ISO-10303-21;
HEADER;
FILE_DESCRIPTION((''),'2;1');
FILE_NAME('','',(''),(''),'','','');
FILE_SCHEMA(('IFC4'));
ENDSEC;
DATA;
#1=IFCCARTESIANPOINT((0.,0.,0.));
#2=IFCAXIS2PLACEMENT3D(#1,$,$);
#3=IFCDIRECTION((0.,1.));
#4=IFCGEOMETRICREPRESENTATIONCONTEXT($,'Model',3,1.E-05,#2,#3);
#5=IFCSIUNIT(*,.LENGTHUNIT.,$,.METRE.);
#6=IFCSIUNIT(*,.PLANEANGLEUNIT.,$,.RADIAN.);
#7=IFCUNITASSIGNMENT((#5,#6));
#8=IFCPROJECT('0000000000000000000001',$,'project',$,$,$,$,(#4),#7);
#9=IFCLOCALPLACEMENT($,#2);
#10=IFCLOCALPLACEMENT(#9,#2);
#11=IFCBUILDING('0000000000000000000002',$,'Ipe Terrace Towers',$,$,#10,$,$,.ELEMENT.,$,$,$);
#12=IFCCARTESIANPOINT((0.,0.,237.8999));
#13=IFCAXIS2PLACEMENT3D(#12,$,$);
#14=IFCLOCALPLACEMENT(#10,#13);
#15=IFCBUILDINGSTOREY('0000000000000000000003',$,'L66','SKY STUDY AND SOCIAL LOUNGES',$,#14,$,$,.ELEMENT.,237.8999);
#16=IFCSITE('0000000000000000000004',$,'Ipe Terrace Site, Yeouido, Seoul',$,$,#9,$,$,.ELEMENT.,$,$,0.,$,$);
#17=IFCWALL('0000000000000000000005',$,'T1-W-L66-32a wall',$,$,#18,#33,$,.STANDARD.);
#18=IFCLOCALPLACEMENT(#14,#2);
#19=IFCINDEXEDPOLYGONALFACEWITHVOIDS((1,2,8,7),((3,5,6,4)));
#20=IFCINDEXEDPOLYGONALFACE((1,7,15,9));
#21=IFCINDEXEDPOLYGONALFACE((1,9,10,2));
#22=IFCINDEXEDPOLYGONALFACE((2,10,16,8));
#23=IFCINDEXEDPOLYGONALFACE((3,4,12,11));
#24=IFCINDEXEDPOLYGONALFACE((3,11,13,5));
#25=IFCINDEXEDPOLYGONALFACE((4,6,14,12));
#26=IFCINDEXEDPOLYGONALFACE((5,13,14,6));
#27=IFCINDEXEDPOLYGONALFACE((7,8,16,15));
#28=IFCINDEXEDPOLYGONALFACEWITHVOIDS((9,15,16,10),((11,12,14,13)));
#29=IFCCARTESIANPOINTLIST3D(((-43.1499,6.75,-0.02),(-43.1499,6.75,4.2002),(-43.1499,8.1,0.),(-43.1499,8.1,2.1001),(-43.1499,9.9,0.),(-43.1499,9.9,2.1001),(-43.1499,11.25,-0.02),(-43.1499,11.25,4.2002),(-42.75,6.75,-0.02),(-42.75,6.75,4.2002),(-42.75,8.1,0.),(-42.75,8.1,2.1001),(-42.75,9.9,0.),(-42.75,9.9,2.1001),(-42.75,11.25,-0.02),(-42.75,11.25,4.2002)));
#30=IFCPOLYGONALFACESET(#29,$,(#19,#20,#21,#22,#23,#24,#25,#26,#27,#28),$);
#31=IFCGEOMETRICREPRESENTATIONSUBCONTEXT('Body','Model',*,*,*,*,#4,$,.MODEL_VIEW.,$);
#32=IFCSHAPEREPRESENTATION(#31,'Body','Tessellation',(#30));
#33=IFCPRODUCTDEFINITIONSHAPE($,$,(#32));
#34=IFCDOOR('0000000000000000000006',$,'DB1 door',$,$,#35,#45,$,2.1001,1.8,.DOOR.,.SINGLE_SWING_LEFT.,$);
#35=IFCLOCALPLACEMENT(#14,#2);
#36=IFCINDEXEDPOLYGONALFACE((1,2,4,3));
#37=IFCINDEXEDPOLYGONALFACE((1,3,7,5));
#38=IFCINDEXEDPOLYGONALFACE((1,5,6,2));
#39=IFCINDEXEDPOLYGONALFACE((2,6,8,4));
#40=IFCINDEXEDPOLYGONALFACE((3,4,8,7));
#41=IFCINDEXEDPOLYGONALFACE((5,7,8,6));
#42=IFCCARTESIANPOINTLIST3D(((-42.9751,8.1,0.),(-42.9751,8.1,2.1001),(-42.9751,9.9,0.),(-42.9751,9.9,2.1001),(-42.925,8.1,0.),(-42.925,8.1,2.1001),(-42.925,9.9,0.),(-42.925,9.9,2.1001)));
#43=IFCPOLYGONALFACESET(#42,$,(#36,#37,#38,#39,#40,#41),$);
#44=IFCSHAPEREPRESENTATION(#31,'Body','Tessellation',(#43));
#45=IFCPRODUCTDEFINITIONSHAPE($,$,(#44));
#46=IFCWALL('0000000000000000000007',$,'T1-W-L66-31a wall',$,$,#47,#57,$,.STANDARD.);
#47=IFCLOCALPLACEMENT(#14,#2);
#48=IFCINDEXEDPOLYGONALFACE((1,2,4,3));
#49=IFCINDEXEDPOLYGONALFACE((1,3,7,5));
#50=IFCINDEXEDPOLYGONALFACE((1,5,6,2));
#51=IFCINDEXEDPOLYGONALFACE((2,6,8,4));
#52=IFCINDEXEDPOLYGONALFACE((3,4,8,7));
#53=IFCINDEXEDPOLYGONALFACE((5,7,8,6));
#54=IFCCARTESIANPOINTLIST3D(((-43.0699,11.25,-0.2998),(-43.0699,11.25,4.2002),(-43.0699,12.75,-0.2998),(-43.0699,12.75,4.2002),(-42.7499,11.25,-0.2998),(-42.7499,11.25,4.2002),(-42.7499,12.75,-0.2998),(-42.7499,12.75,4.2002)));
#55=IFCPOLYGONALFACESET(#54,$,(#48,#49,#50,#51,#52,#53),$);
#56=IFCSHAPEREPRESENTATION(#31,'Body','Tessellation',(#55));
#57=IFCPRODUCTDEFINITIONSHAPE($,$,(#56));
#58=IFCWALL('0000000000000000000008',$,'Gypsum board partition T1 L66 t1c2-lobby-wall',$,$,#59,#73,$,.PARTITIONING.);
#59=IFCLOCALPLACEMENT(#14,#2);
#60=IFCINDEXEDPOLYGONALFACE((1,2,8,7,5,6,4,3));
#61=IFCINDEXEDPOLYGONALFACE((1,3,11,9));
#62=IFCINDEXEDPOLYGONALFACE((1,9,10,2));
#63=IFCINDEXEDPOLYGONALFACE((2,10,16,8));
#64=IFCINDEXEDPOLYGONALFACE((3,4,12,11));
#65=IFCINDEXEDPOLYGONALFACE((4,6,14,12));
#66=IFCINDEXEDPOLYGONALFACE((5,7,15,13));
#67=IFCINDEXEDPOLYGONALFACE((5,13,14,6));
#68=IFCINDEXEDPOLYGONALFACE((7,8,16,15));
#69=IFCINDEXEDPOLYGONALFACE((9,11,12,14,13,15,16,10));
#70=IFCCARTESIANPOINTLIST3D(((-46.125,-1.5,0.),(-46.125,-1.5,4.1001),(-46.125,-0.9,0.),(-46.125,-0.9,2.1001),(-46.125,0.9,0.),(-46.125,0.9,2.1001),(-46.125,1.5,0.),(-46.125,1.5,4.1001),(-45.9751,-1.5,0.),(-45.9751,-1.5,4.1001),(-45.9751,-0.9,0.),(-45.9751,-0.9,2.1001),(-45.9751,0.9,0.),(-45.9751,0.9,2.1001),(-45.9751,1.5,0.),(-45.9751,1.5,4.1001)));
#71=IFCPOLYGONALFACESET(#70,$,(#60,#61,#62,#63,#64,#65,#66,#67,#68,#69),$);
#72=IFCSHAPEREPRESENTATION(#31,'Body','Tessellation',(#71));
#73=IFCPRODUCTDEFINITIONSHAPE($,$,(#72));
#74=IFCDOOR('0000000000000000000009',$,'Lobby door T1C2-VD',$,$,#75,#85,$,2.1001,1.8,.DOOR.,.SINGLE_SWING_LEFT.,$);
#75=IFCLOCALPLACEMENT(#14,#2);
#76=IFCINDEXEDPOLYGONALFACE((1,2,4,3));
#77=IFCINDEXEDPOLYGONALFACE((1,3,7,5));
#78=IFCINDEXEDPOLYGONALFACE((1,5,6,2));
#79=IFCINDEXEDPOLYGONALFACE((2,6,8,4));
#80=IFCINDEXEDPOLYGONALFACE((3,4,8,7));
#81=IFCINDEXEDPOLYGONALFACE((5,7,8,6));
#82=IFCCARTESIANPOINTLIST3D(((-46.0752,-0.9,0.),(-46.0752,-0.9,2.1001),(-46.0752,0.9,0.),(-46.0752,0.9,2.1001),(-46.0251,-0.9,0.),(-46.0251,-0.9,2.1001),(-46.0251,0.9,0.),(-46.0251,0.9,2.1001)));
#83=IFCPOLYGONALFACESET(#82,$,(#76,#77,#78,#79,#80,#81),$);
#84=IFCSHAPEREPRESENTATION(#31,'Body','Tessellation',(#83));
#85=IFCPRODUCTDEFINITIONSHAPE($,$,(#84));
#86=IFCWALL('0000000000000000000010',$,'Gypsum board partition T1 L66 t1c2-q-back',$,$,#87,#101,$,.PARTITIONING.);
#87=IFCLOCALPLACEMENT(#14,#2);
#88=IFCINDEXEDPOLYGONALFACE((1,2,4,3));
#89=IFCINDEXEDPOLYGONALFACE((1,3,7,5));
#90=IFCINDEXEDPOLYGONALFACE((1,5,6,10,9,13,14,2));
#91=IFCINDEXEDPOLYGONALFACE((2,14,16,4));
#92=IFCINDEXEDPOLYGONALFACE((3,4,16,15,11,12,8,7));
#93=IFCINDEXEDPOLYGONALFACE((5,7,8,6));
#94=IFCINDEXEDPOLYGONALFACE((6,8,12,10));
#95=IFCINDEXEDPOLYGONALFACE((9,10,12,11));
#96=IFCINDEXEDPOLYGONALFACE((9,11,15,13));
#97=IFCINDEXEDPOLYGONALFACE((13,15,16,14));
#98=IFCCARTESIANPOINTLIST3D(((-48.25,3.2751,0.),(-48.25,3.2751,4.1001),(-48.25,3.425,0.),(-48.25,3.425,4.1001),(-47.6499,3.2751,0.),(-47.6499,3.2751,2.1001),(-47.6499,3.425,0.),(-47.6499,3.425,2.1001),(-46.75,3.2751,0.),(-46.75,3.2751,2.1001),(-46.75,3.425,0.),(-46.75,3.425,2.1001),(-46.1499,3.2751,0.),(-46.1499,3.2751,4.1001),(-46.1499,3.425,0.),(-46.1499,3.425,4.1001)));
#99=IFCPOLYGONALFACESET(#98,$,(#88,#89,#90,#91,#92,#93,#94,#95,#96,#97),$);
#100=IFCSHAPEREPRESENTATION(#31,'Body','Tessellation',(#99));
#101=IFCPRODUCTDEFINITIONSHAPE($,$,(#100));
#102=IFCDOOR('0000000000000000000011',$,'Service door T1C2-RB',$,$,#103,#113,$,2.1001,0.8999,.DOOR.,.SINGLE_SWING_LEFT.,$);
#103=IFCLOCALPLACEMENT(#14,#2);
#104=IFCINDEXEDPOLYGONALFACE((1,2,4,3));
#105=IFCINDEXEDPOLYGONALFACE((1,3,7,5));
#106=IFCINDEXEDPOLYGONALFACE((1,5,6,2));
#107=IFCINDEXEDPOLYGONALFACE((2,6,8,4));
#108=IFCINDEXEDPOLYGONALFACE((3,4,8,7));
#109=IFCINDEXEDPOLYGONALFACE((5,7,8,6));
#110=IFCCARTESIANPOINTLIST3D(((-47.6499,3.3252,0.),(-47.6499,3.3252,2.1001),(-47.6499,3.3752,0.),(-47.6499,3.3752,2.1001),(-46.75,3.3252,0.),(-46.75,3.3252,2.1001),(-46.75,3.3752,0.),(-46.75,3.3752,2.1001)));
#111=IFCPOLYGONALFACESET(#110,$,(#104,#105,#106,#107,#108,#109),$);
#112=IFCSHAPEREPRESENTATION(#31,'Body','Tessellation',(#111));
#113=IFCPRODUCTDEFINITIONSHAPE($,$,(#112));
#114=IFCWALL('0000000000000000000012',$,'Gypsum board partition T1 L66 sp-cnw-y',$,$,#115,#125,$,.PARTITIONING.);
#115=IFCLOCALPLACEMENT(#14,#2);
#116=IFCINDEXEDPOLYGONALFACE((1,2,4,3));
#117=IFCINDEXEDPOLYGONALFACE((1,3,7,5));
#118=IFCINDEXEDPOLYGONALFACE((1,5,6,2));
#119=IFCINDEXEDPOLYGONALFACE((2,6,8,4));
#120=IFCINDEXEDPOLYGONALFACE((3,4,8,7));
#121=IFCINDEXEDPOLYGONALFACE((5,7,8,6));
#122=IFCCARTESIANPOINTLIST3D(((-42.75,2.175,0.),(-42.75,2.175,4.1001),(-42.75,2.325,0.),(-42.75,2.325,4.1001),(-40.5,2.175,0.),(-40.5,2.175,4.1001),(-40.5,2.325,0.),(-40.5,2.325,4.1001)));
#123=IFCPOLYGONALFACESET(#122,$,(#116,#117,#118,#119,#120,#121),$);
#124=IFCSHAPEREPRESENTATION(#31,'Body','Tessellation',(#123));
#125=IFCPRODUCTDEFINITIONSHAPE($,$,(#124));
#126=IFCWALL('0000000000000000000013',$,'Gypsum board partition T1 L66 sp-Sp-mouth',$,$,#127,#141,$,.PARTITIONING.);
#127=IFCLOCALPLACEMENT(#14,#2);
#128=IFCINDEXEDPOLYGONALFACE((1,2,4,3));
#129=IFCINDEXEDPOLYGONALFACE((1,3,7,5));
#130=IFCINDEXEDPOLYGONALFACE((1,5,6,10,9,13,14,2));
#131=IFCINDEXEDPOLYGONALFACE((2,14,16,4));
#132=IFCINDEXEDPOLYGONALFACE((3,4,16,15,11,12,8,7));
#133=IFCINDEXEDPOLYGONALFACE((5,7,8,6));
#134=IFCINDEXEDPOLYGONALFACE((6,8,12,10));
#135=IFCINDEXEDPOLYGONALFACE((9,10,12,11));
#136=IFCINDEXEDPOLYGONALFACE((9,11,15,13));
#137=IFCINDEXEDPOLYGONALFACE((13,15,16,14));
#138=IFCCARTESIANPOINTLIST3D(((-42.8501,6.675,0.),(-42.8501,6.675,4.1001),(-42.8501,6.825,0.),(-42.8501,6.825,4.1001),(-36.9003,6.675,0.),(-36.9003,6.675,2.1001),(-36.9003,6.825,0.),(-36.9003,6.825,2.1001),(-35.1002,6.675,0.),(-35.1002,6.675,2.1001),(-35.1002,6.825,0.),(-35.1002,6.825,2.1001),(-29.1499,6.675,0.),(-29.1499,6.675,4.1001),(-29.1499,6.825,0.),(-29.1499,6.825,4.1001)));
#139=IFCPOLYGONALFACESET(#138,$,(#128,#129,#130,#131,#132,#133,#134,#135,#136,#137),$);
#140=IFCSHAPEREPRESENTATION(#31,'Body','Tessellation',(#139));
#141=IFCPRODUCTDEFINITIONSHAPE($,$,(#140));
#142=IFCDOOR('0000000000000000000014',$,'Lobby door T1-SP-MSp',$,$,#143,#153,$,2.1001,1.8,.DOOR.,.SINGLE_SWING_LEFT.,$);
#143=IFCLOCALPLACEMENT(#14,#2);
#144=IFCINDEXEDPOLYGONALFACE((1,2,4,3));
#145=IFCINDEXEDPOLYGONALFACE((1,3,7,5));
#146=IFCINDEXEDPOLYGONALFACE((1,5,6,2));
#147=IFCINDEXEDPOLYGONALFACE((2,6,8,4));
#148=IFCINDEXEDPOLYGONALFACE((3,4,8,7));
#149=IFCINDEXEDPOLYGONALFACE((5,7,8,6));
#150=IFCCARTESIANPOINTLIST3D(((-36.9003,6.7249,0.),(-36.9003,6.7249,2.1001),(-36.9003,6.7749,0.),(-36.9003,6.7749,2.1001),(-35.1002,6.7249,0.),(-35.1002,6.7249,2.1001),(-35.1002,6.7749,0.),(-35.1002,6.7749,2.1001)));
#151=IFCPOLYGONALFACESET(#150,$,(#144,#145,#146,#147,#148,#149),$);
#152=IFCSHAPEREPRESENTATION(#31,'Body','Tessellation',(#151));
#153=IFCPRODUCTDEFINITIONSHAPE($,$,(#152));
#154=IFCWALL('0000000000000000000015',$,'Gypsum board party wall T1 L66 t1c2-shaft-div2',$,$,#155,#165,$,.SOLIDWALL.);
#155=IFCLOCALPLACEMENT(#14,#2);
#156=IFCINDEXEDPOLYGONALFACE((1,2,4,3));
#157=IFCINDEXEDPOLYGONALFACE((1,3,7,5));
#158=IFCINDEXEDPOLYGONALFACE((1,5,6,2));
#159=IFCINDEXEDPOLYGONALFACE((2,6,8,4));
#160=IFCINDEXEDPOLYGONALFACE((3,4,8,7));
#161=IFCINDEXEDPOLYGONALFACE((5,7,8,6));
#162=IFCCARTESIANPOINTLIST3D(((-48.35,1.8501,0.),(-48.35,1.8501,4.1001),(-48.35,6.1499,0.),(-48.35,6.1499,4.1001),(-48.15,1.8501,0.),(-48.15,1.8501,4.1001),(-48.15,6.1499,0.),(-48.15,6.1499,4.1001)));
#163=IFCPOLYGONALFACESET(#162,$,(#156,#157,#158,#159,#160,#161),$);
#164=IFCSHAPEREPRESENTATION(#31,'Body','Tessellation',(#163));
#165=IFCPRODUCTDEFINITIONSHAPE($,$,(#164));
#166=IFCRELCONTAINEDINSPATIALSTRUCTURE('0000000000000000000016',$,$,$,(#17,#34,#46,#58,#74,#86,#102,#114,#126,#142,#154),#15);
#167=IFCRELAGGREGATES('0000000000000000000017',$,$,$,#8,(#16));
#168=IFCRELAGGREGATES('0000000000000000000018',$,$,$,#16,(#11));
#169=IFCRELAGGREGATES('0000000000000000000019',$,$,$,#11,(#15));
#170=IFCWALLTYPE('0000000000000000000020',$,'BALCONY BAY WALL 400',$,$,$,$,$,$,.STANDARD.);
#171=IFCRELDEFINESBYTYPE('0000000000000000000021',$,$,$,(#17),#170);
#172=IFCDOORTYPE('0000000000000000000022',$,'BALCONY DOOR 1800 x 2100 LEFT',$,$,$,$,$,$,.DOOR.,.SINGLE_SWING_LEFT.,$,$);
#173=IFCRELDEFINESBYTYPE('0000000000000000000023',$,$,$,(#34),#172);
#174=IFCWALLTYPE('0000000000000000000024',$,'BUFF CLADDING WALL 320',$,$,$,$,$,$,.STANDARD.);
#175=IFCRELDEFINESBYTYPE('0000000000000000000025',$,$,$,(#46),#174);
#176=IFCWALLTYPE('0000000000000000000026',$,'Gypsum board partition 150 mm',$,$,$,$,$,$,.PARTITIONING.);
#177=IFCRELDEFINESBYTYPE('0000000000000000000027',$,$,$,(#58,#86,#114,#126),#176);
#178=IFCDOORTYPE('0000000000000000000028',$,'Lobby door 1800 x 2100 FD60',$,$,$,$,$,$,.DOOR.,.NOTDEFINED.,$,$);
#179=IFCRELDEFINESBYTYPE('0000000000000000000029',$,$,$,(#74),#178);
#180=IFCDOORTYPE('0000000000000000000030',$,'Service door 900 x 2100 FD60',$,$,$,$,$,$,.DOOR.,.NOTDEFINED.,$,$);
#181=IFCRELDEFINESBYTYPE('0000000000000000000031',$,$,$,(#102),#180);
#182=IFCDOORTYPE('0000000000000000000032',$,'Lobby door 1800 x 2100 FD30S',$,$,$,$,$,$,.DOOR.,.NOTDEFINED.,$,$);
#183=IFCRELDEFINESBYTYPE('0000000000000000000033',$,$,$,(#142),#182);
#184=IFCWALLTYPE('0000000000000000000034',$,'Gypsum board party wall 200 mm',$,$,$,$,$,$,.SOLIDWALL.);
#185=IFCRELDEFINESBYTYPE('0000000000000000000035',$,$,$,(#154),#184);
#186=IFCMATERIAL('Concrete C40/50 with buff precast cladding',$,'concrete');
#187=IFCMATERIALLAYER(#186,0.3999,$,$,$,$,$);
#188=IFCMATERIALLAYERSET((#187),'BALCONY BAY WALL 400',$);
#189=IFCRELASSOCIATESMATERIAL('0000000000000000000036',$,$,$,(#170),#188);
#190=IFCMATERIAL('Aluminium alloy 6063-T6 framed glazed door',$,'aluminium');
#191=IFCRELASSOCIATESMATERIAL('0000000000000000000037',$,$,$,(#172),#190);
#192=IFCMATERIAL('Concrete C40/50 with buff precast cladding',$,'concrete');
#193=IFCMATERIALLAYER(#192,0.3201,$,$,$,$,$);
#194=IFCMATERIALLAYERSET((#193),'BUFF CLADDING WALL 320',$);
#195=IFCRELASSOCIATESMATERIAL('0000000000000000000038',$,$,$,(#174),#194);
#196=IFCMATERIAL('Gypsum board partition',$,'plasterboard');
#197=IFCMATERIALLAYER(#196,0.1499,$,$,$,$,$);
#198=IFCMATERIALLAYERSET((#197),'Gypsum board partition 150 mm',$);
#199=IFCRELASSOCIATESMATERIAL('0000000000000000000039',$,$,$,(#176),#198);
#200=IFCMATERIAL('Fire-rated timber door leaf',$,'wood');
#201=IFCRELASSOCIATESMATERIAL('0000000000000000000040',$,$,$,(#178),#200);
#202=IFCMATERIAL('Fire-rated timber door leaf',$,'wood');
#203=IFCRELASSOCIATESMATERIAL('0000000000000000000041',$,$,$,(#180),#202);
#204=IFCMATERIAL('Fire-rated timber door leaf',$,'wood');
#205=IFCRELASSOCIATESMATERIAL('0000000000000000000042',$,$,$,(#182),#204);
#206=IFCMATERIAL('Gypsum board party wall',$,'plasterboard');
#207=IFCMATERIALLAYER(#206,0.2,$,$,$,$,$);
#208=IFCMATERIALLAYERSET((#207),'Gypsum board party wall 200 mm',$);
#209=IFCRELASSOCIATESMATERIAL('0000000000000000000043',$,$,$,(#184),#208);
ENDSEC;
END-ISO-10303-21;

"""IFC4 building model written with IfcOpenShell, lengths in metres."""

from ifc_helpers import new_model, si_unit, direction, frame, frame_2d, origin, place, context, subcontext, project, spatial, rectangle, extrude, material, layer, layer_set, type_object, element, fill, save


model = new_model("IFC4")

# Units and contexts
model_context = context("Model", 3, precision=1e-05, world=origin(), true_north=direction((0.0, 1.0)))
body_context = subcontext(model_context, "Body", "Model", "MODEL_VIEW")
ifc_project = project(units=[si_unit("LENGTHUNIT", "METRE"), si_unit("PLANEANGLEUNIT", "RADIAN")], contexts=[model_context])

# Site, building, storey
site_placement = place(None, origin())
site = spatial("IfcSite", under=ifc_project, at=site_placement, Name="Ipe Terrace Site, Yeouido, Seoul", CompositionType="ELEMENT", RefElevation=0.0)
building_placement = place(site_placement, origin())
building = spatial("IfcBuilding", under=site, at=building_placement, Name="Ipe Terrace Towers", CompositionType="ELEMENT")
storey_placement = place(building_placement, frame((0.0, 0.0, 237.8999)))
storey = spatial("IfcBuildingStorey", under=building, at=storey_placement, Name="L66", Description="SKY STUDY AND SOCIAL LOUNGES", CompositionType="ELEMENT", Elevation=237.8999)

# Wall, opening, door
ifc_material_1 = material(Name="Concrete C40/50 with buff precast cladding", Category="concrete")
ifc_layer_1 = layer(ifc_material_1, 0.3999)
ifc_layer_set_1 = layer_set([ifc_layer_1], Name="BALCONY BAY WALL 400")
wall_type_1 = type_object("IfcWallType", Name="BALCONY BAY WALL 400", PredefinedType="STANDARD", material=ifc_layer_set_1)
wall_1_placement = place(storey_placement, frame((-42.95, 11.25, -0.02), z_axis=(0.0, 0.0, 1.0), x_axis=(0.0, -1.0, 0.0)))
wall_1 = element("IfcWall", 1, at=wall_1_placement, inside=storey, type_object=wall_type_1, Name="T1-W-L66-32a wall", PredefinedType="STANDARD", context=body_context, shape_type="SweptSolid", body=[
    extrude(rectangle(XDim=4.5, YDim=0.3999, at=frame_2d((2.25, 0.0))), origin(), (0.0, 0.0, 1.0), 4.2202),
])
opening_1_placement = place(wall_1_placement, frame((1.3501, 0.0, 0.02)))
opening_1 = element("IfcOpeningElement", 2, at=opening_1_placement, cuts=wall_1, PredefinedType="OPENING", context=body_context, shape_type="SweptSolid", body=[
    extrude(rectangle(XDim=1.8, YDim=2.1001, at=frame_2d((0.8999, 1.05))), frame((0.0, 0.21, 0.0), z_axis=(0.0, -1.0, 0.0), x_axis=(1.0, 0.0, 0.0)), (0.0, 0.0, 1.0), 0.4199),
])
ifc_material_2 = material(Name="Aluminium alloy 6063-T6 framed glazed door", Category="aluminium")
door_type_1 = type_object("IfcDoorType", Name="BALCONY DOOR 1800 x 2100 LEFT", OperationType="SINGLE_SWING_LEFT", PredefinedType="DOOR", material=ifc_material_2)
door_1_placement = place(opening_1_placement, origin())
door_1 = element("IfcDoor", 3, at=door_1_placement, inside=storey, type_object=door_type_1, Name="DB1 door", OperationType="SINGLE_SWING_LEFT", OverallHeight=2.1001, OverallWidth=1.8, PredefinedType="DOOR", context=body_context, shape_type="SweptSolid", body=[
    extrude(rectangle(XDim=1.8, YDim=2.1001, at=frame_2d((0.8999, 1.05))), frame((0.0, 0.0249, 0.0), z_axis=(0.0, -1.0, 0.0), x_axis=(1.0, 0.0, 0.0)), (0.0, 0.0, 1.0), 0.05),
])
fill(opening_1, door_1)

# Wall
ifc_material_3 = material(Name="Concrete C40/50 with buff precast cladding", Category="concrete")
ifc_layer_2 = layer(ifc_material_3, 0.3201)
ifc_layer_set_2 = layer_set([ifc_layer_2], Name="BUFF CLADDING WALL 320")
wall_type_2 = type_object("IfcWallType", Name="BUFF CLADDING WALL 320", PredefinedType="STANDARD", material=ifc_layer_set_2)
wall_2_placement = place(storey_placement, frame((-42.9099, 12.75, -0.2998), z_axis=(0.0, 0.0, 1.0), x_axis=(0.0, -1.0, 0.0)))
element("IfcWall", 4, at=wall_2_placement, inside=storey, type_object=wall_type_2, Name="T1-W-L66-31a wall", PredefinedType="STANDARD", context=body_context, shape_type="SweptSolid", body=[
    extrude(rectangle(XDim=1.5, YDim=0.3201, at=frame_2d((0.75, 0.0))), origin(), (0.0, 0.0, 1.0), 4.5),
])

# Walls, openings, doors
ifc_material_4 = material(Name="Gypsum board partition", Category="plasterboard")
ifc_layer_3 = layer(ifc_material_4, 0.1499)
ifc_layer_set_3 = layer_set([ifc_layer_3], Name="Gypsum board partition 150 mm")
wall_type_3 = type_object("IfcWallType", Name="Gypsum board partition 150 mm", PredefinedType="PARTITIONING", material=ifc_layer_set_3)
wall_3_placement = place(storey_placement, frame((-46.05, 1.5, 0.0), z_axis=(0.0, 0.0, 1.0), x_axis=(0.0, -1.0, 0.0)))
wall_3 = element("IfcWall", 5, at=wall_3_placement, inside=storey, type_object=wall_type_3, Name="Gypsum board partition T1 L66 t1c2-lobby-wall", PredefinedType="PARTITIONING", context=body_context, shape_type="SweptSolid", body=[
    extrude(rectangle(XDim=3.0, YDim=0.1499, at=frame_2d((1.5, 0.0))), origin(), (0.0, 0.0, 1.0), 4.1001),
])
opening_2_placement = place(wall_3_placement, frame((0.6001, 0.0, 0.0)))
opening_2 = element("IfcOpeningElement", 6, at=opening_2_placement, cuts=wall_3, PredefinedType="OPENING", context=body_context, shape_type="SweptSolid", body=[
    extrude(rectangle(XDim=1.8, YDim=2.1001, at=frame_2d((0.8999, 1.05))), frame((0.0, 0.085, 0.0), z_axis=(0.0, -1.0, 0.0), x_axis=(1.0, 0.0, 0.0)), (0.0, 0.0, 1.0), 0.1699),
])
ifc_material_5 = material(Name="Fire-rated timber door leaf", Category="wood")
door_type_2 = type_object("IfcDoorType", Name="Lobby door 1800 x 2100 FD60", OperationType="NOTDEFINED", PredefinedType="DOOR", material=ifc_material_5)
door_2_placement = place(opening_2_placement, origin())
door_2 = element("IfcDoor", 7, at=door_2_placement, inside=storey, type_object=door_type_2, Name="Lobby door T1C2-VD", OperationType="SINGLE_SWING_LEFT", OverallHeight=2.1001, OverallWidth=1.8, PredefinedType="DOOR", context=body_context, shape_type="SweptSolid", body=[
    extrude(rectangle(XDim=1.8, YDim=2.1001, at=frame_2d((0.8999, 1.05))), frame((0.0, 0.0249, 0.0), z_axis=(0.0, -1.0, 0.0), x_axis=(1.0, 0.0, 0.0)), (0.0, 0.0, 1.0), 0.05),
])
fill(opening_2, door_2)
wall_4_placement = place(storey_placement, frame((-46.1499, 3.3501, 0.0), z_axis=(0.0, 0.0, 1.0), x_axis=(-1.0, 0.0, 0.0)))
wall_4 = element("IfcWall", 8, at=wall_4_placement, inside=storey, type_object=wall_type_3, Name="Gypsum board partition T1 L66 t1c2-q-back", PredefinedType="PARTITIONING", context=body_context, shape_type="SweptSolid", body=[
    extrude(rectangle(XDim=2.1001, YDim=0.1499, at=frame_2d((1.05, 0.0))), origin(), (0.0, 0.0, 1.0), 4.1001),
])
opening_3_placement = place(wall_4_placement, frame((0.6001, 0.0, 0.0)))
opening_3 = element("IfcOpeningElement", 9, at=opening_3_placement, cuts=wall_4, PredefinedType="OPENING", context=body_context, shape_type="SweptSolid", body=[
    extrude(rectangle(XDim=0.8999, YDim=2.1001, at=frame_2d((0.45, 1.05))), frame((0.0, 0.085, 0.0), z_axis=(0.0, -1.0, 0.0), x_axis=(1.0, 0.0, 0.0)), (0.0, 0.0, 1.0), 0.1699),
])
ifc_material_6 = material(Name="Fire-rated timber door leaf", Category="wood")
door_type_3 = type_object("IfcDoorType", Name="Service door 900 x 2100 FD60", OperationType="NOTDEFINED", PredefinedType="DOOR", material=ifc_material_6)
door_3_placement = place(opening_3_placement, origin())
door_3 = element("IfcDoor", 10, at=door_3_placement, inside=storey, type_object=door_type_3, Name="Service door T1C2-RB", OperationType="SINGLE_SWING_LEFT", OverallHeight=2.1001, OverallWidth=0.8999, PredefinedType="DOOR", context=body_context, shape_type="SweptSolid", body=[
    extrude(rectangle(XDim=0.8999, YDim=2.1001, at=frame_2d((0.45, 1.05))), frame((0.0, 0.0249, 0.0), z_axis=(0.0, -1.0, 0.0), x_axis=(1.0, 0.0, 0.0)), (0.0, 0.0, 1.0), 0.05),
])
fill(opening_3, door_3)

# Wall
wall_5_placement = place(storey_placement, frame((-42.75, 2.25, 0.0), z_axis=(0.0, 0.0, 1.0), x_axis=(1.0, 0.0, 0.0)))
element("IfcWall", 11, at=wall_5_placement, inside=storey, type_object=wall_type_3, Name="Gypsum board partition T1 L66 sp-cnw-y", PredefinedType="PARTITIONING", context=body_context, shape_type="SweptSolid", body=[
    extrude(rectangle(XDim=2.25, YDim=0.1499, at=frame_2d((1.125, 0.0))), origin(), (0.0, 0.0, 1.0), 4.1001),
])

# Wall, opening, door
wall_6_placement = place(storey_placement, frame((-42.8501, 6.75, 0.0), z_axis=(0.0, 0.0, 1.0), x_axis=(1.0, 0.0, 0.0)))
wall_6 = element("IfcWall", 12, at=wall_6_placement, inside=storey, type_object=wall_type_3, Name="Gypsum board partition T1 L66 sp-Sp-mouth", PredefinedType="PARTITIONING", context=body_context, shape_type="SweptSolid", body=[
    extrude(rectangle(XDim=13.7002, YDim=0.1499, at=frame_2d((6.8501, 0.0))), origin(), (0.0, 0.0, 1.0), 4.1001),
])
opening_4_placement = place(wall_6_placement, frame((5.95, 0.0, 0.0)))
opening_4 = element("IfcOpeningElement", 13, at=opening_4_placement, cuts=wall_6, PredefinedType="OPENING", context=body_context, shape_type="SweptSolid", body=[
    extrude(rectangle(XDim=1.8, YDim=2.1001, at=frame_2d((0.8999, 1.05))), frame((0.0, 0.085, 0.0), z_axis=(0.0, -1.0, 0.0), x_axis=(1.0, 0.0, 0.0)), (0.0, 0.0, 1.0), 0.1699),
])
ifc_material_7 = material(Name="Fire-rated timber door leaf", Category="wood")
door_type_4 = type_object("IfcDoorType", Name="Lobby door 1800 x 2100 FD30S", OperationType="NOTDEFINED", PredefinedType="DOOR", material=ifc_material_7)
door_4_placement = place(opening_4_placement, origin())
door_4 = element("IfcDoor", 14, at=door_4_placement, inside=storey, type_object=door_type_4, Name="Lobby door T1-SP-MSp", OperationType="SINGLE_SWING_LEFT", OverallHeight=2.1001, OverallWidth=1.8, PredefinedType="DOOR", context=body_context, shape_type="SweptSolid", body=[
    extrude(rectangle(XDim=1.8, YDim=2.1001, at=frame_2d((0.8999, 1.05))), frame((0.0, 0.0249, 0.0), z_axis=(0.0, -1.0, 0.0), x_axis=(1.0, 0.0, 0.0)), (0.0, 0.0, 1.0), 0.05),
])
fill(opening_4, door_4)

# Wall
ifc_material_8 = material(Name="Gypsum board party wall", Category="plasterboard")
ifc_layer_4 = layer(ifc_material_8, 0.2)
ifc_layer_set_4 = layer_set([ifc_layer_4], Name="Gypsum board party wall 200 mm")
wall_type_4 = type_object("IfcWallType", Name="Gypsum board party wall 200 mm", PredefinedType="SOLIDWALL", material=ifc_layer_set_4)
for number, where, z_axis, x_axis, name in (
    (15, (-48.25, 6.1499, 0.0), (0.0, 0.0, 1.0), (0.0, -1.0, 0.0), "Gypsum board party wall T1 L66 t1c2-shaft-div2"),
):
    element("IfcWall", number, at=place(storey_placement, frame(where, z_axis=z_axis, x_axis=x_axis)), inside=storey, type_object=wall_type_4, Name=name, PredefinedType="SOLIDWALL", context=body_context, shape_type="SweptSolid", body=[
        extrude(rectangle(XDim=4.2998, YDim=0.2, at=frame_2d((2.1499, 0.0))), origin(), (0.0, 0.0, 1.0), 4.1001),
    ])

save(model, "model.ifc")
